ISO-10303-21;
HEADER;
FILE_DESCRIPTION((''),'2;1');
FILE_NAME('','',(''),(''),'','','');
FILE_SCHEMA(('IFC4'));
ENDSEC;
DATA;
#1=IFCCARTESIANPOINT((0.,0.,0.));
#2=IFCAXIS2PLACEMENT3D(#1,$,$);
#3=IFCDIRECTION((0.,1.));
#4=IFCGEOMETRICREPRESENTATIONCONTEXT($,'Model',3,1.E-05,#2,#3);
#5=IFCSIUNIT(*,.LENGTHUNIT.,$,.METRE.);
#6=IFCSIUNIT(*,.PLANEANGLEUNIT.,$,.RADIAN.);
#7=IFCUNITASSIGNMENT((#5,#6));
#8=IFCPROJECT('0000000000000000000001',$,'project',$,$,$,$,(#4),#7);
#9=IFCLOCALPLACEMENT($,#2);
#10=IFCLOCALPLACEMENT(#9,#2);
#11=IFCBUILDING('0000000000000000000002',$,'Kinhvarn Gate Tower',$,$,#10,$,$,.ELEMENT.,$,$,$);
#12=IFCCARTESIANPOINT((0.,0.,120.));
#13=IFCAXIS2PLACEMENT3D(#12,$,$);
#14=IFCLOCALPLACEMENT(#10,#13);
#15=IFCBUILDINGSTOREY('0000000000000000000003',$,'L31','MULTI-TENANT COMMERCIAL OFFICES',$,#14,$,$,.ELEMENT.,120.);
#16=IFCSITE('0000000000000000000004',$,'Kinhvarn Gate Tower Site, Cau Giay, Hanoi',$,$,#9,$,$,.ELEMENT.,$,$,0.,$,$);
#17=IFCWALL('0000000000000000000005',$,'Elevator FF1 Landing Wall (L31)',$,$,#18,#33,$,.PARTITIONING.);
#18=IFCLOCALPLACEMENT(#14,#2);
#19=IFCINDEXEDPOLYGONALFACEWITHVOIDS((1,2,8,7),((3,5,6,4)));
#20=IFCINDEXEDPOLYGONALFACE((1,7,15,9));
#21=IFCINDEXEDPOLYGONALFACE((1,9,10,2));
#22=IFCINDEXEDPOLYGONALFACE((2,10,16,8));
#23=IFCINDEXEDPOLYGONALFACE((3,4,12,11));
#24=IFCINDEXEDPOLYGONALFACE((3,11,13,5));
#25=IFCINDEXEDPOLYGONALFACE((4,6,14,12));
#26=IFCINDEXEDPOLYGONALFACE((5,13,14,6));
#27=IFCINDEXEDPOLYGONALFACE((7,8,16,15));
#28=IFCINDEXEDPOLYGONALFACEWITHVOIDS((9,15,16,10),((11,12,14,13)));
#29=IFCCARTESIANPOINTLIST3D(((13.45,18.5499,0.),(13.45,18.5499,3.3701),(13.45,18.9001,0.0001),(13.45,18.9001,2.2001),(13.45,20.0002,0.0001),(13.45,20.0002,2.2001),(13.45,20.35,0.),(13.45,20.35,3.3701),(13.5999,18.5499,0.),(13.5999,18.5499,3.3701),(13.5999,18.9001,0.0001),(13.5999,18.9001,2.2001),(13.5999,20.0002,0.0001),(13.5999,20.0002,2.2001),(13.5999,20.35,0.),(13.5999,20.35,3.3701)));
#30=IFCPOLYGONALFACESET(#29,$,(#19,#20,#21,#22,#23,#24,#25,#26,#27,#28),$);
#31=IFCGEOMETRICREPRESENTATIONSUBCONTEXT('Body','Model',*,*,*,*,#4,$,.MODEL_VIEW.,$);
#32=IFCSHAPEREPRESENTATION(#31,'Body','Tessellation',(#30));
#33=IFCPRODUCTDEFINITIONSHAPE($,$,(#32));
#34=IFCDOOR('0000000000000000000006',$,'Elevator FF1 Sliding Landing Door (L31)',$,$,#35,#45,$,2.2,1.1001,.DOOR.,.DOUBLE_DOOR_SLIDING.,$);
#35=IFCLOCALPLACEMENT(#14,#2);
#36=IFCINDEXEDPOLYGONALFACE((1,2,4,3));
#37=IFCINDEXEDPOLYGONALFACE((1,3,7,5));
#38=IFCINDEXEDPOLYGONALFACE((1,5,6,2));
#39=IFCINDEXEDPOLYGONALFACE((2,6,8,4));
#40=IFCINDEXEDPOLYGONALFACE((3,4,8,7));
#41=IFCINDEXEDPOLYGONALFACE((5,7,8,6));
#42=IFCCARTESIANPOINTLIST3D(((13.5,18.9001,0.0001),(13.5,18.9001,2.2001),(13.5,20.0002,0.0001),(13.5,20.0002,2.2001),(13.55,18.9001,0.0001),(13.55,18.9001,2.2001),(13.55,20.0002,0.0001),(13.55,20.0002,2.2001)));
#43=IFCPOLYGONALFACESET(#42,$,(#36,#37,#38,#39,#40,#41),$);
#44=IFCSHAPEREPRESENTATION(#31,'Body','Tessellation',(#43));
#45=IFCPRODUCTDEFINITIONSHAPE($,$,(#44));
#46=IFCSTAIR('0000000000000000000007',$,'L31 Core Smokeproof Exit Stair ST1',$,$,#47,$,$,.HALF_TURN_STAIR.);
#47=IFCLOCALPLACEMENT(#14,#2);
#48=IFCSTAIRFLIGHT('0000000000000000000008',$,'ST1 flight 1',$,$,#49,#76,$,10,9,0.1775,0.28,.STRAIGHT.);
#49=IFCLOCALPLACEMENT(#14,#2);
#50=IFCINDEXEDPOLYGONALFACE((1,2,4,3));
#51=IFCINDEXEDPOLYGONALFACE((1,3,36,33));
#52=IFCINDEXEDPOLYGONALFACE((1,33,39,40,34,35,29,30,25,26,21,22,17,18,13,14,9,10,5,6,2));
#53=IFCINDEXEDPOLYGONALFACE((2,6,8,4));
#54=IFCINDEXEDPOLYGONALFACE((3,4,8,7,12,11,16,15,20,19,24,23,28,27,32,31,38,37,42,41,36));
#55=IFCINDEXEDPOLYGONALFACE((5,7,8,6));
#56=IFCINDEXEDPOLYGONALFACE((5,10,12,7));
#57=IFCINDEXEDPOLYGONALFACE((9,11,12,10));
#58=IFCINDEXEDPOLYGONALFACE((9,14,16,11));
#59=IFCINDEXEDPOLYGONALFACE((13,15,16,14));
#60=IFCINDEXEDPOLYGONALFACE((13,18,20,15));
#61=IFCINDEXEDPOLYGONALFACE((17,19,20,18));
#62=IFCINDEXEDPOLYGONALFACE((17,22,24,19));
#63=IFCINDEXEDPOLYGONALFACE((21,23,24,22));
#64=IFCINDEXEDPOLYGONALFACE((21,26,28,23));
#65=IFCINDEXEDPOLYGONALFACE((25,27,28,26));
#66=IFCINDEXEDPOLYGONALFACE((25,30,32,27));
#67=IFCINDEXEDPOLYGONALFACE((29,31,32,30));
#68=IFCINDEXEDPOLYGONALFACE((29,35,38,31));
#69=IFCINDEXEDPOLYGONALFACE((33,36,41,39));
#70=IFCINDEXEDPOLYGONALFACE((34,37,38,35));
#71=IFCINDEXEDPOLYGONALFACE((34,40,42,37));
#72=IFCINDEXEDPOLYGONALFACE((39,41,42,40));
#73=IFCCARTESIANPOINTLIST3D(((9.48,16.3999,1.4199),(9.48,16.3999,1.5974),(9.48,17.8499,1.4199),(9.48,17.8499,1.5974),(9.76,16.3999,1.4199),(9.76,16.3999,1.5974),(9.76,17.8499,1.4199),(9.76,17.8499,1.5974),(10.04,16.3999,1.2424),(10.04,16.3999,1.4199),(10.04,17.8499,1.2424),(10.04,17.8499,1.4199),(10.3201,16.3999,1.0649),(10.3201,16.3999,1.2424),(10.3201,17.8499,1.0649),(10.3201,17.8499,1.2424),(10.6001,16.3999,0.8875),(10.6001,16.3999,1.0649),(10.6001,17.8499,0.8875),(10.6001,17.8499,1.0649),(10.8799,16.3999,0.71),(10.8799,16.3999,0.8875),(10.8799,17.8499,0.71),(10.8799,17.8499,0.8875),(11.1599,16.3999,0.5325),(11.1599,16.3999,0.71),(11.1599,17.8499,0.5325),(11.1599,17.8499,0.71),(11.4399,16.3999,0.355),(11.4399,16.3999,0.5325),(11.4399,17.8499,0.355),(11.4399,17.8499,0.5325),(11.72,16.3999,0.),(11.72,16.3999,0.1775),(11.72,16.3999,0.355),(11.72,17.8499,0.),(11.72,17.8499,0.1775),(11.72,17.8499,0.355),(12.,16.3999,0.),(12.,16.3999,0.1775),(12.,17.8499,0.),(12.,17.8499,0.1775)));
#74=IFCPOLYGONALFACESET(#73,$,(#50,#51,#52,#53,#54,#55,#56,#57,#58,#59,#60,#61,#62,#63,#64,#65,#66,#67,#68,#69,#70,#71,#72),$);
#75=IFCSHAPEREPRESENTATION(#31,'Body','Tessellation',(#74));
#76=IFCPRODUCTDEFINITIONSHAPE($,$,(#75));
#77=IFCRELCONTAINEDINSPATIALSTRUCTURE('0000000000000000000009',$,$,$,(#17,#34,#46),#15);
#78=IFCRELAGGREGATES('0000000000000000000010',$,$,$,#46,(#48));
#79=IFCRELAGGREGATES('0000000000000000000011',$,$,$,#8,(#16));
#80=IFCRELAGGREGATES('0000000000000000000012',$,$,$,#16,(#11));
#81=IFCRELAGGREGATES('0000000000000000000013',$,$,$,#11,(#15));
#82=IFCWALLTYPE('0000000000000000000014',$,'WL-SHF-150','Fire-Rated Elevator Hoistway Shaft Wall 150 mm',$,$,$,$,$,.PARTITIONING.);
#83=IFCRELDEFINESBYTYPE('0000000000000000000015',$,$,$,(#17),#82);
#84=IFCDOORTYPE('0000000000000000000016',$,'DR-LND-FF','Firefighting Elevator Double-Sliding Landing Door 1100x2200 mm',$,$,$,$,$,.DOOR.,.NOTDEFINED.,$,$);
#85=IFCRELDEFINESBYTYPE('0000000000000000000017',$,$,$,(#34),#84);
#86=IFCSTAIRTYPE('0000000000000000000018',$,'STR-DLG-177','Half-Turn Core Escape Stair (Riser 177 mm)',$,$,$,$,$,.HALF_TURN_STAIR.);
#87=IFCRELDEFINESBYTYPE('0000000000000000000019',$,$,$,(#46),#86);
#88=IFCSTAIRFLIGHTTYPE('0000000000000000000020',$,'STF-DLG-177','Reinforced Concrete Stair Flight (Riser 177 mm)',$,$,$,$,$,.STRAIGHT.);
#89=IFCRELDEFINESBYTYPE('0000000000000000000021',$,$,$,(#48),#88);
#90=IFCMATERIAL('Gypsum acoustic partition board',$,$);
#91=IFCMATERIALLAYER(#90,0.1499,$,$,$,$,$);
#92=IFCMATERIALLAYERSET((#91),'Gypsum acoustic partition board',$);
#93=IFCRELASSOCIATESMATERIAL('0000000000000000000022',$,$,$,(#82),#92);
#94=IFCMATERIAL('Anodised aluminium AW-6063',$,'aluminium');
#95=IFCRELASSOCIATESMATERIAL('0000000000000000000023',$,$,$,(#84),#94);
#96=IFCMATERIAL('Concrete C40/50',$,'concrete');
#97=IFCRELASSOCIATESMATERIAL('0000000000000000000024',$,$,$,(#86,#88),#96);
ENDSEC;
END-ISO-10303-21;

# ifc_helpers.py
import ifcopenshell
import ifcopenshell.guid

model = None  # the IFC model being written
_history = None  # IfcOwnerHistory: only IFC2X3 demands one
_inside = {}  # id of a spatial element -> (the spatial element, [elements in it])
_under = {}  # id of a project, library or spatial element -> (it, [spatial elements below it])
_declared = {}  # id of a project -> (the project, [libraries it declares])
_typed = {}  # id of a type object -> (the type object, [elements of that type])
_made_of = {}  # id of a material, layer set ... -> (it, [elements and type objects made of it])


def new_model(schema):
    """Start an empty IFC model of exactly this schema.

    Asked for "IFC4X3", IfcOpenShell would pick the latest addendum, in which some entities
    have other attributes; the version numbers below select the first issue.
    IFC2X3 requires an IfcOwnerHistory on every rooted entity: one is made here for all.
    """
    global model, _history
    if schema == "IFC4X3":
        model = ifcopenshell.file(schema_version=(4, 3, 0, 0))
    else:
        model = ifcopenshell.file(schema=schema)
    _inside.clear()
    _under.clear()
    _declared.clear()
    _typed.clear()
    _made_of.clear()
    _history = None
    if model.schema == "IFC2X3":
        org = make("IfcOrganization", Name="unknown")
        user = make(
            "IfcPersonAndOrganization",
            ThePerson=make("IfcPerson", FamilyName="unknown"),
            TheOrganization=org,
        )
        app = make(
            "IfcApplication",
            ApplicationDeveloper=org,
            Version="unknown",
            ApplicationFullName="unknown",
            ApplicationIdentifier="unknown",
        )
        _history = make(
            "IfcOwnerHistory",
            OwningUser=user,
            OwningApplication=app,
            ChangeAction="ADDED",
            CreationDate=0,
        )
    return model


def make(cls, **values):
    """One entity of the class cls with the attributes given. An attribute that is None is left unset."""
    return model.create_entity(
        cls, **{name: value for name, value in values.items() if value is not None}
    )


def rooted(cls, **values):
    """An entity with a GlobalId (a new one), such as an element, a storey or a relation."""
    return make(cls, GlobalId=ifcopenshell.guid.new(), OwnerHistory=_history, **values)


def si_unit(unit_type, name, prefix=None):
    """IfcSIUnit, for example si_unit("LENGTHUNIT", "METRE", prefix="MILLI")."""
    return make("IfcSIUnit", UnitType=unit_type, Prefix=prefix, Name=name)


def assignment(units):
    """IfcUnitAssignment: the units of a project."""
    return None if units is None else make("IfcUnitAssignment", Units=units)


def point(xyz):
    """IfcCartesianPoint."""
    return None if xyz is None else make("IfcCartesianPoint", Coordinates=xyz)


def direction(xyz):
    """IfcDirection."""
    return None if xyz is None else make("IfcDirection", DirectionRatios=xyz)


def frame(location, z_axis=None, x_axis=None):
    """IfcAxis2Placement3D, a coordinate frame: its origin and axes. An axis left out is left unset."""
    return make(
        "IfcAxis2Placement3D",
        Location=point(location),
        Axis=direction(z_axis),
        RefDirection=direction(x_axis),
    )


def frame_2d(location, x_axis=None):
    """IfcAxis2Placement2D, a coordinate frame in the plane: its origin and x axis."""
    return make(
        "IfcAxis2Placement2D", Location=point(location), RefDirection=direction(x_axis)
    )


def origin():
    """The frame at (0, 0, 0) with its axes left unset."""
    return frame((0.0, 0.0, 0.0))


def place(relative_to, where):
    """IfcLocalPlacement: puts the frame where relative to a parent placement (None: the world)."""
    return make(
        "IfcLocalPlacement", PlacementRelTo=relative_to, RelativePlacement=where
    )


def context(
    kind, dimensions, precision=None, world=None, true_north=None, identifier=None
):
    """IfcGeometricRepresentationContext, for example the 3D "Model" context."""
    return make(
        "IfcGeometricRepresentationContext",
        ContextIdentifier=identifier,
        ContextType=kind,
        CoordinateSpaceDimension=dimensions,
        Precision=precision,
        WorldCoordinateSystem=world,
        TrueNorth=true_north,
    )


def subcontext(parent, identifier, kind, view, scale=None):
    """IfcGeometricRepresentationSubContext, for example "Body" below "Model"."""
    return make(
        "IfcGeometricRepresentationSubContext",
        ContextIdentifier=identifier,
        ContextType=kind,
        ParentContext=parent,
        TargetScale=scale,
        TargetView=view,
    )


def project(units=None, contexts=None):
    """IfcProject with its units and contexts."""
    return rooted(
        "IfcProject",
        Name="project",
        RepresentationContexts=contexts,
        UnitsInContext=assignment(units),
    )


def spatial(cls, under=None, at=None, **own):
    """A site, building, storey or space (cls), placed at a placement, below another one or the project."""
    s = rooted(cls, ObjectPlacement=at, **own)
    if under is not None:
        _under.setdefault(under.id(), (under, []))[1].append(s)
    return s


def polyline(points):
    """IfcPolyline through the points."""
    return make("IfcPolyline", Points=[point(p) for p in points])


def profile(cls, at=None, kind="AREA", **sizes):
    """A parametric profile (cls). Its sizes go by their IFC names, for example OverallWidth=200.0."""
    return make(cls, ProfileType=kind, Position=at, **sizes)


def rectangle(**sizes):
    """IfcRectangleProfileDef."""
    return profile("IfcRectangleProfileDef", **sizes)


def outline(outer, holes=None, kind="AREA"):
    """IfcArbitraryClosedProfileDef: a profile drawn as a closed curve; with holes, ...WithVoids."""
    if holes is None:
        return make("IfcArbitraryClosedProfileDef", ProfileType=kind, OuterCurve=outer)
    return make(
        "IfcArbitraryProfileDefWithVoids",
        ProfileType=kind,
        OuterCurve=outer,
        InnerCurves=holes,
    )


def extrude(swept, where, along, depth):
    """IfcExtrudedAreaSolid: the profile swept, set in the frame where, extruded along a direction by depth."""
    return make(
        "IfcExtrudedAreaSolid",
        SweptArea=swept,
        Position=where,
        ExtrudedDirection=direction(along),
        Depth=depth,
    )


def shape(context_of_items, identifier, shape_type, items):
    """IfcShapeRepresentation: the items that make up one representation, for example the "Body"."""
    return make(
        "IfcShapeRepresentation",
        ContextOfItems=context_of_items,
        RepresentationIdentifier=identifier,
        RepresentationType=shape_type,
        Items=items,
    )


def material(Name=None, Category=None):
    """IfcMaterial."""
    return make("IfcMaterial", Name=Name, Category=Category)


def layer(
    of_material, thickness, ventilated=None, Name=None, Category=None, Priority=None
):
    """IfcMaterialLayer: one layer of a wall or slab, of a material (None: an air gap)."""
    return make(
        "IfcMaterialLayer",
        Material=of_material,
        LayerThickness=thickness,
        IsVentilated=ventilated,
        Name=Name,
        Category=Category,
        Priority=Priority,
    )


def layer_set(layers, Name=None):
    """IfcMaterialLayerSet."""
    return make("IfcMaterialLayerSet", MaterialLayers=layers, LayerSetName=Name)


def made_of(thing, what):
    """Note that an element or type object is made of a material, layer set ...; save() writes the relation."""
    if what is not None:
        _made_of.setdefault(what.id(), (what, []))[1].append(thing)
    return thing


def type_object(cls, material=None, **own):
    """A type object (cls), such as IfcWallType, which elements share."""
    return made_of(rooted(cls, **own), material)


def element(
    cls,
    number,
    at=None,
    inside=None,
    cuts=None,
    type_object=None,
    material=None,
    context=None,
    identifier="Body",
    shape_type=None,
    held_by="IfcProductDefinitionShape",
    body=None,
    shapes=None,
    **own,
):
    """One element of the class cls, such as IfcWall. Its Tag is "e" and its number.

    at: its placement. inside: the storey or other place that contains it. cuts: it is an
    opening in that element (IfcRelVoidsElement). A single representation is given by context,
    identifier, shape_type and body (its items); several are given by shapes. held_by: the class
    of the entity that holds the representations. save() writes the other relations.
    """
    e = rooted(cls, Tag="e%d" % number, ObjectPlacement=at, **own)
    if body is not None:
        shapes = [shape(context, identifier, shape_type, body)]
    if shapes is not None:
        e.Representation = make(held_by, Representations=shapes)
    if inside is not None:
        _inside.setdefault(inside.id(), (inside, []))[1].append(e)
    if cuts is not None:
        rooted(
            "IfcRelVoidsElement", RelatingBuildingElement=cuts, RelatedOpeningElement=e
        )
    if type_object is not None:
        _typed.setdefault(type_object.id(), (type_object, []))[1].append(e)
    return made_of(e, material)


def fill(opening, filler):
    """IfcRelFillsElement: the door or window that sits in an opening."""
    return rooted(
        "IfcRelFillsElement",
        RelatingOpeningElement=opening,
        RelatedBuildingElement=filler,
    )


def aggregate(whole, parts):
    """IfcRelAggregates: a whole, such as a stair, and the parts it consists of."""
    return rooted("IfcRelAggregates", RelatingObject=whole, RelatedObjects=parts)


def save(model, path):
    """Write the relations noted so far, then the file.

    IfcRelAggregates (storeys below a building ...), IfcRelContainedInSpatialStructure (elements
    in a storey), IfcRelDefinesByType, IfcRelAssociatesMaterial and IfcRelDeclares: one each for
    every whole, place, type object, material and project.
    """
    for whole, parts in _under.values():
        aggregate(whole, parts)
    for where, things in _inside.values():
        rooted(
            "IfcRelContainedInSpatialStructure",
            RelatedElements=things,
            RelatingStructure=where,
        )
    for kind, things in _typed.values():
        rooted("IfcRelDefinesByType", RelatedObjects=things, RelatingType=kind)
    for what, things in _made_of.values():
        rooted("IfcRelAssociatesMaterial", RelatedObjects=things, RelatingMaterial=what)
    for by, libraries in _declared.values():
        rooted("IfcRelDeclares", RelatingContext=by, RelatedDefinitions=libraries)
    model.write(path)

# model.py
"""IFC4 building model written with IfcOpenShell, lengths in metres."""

from ifc_helpers import new_model, si_unit, direction, frame, frame_2d, origin, place, context, subcontext, project, spatial, polyline, rectangle, outline, extrude, material, layer, layer_set, type_object, element, fill, aggregate, save


model = new_model("IFC4")

# Units and contexts
model_context = context("Model", 3, precision=1e-05, world=origin(), true_north=direction((0.0, 1.0)))
body_context = subcontext(model_context, "Body", "Model", "MODEL_VIEW")
ifc_project = project(units=[si_unit("LENGTHUNIT", "METRE"), si_unit("PLANEANGLEUNIT", "RADIAN")], contexts=[model_context])

# Site, building, storey
site_placement = place(None, origin())
site = spatial("IfcSite", under=ifc_project, at=site_placement, Name="Kinhvarn Gate Tower Site, Cau Giay, Hanoi", CompositionType="ELEMENT", RefElevation=0.0)
building_placement = place(site_placement, origin())
building = spatial("IfcBuilding", under=site, at=building_placement, Name="Kinhvarn Gate Tower", CompositionType="ELEMENT")
storey_placement = place(building_placement, frame((0.0, 0.0, 120.0)))
storey = spatial("IfcBuildingStorey", under=building, at=storey_placement, Name="L31", Description="MULTI-TENANT COMMERCIAL OFFICES", CompositionType="ELEMENT", Elevation=120.0)

# Shared definitions
ifc_material_1 = material(Name="Anodised aluminium AW-6063", Category="aluminium")

# Shared definitions
ifc_material_2 = material(Name="Gypsum acoustic partition board")

# Shared definitions
ifc_layer_1 = layer(ifc_material_2, 0.1499)
ifc_layer_set_1 = layer_set([ifc_layer_1], Name="Gypsum acoustic partition board")
wall_type_1 = type_object("IfcWallType", Name="WL-SHF-150", Description="Fire-Rated Elevator Hoistway Shaft Wall 150 mm", PredefinedType="PARTITIONING", material=ifc_layer_set_1)

# Wall, opening, door
wall_1_placement = place(storey_placement, frame((13.5249, 18.55, 0.0), z_axis=(0.0, 0.0, 1.0), x_axis=(0.0, 1.0, 0.0)))
wall_1 = element("IfcWall", 1, at=wall_1_placement, inside=storey, type_object=wall_type_1, Name="Elevator FF1 Landing Wall (L31)", PredefinedType="PARTITIONING", context=body_context, shape_type="SweptSolid", body=[
    extrude(rectangle(XDim=1.8, YDim=0.1499, at=frame_2d((0.8999, 0.0))), origin(), (0.0, 0.0, 1.0), 3.3701),
])
opening_1_placement = place(wall_1_placement, frame((0.3501, 0.0, 0.0)))
opening_1 = element("IfcOpeningElement", 2, at=opening_1_placement, cuts=wall_1, PredefinedType="OPENING", context=body_context, shape_type="SweptSolid", body=[
    extrude(rectangle(XDim=1.1001, YDim=2.2, at=frame_2d((0.55, 1.1001))), frame((0.0, 0.085, 0.0), z_axis=(0.0, -1.0, 0.0), x_axis=(1.0, 0.0, 0.0)), (0.0, 0.0, 1.0), 0.1699),
])
door_type_1 = type_object("IfcDoorType", Name="DR-LND-FF", Description="Firefighting Elevator Double-Sliding Landing Door 1100x2200 mm", OperationType="NOTDEFINED", PredefinedType="DOOR", material=ifc_material_1)
door_1_placement = place(opening_1_placement, origin())
door_1 = element("IfcDoor", 3, at=door_1_placement, inside=storey, type_object=door_type_1, Name="Elevator FF1 Sliding Landing Door (L31)", OperationType="DOUBLE_DOOR_SLIDING", OverallHeight=2.2, OverallWidth=1.1001, PredefinedType="DOOR", context=body_context, shape_type="SweptSolid", body=[
    extrude(rectangle(XDim=1.1001, YDim=2.2, at=frame_2d((0.55, 1.1001))), frame((0.0, 0.0249, 0.0), z_axis=(0.0, -1.0, 0.0), x_axis=(1.0, 0.0, 0.0)), (0.0, 0.0, 1.0), 0.05),
])
fill(opening_1, door_1)
ifc_material_3 = material(Name="Concrete C40/50", Category="concrete")

# Stair, stair flight
stair_type = type_object("IfcStairType", Name="STR-DLG-177", Description="Half-Turn Core Escape Stair (Riser 177 mm)", PredefinedType="HALF_TURN_STAIR", material=ifc_material_3)
stair_placement = place(storey_placement, origin())
stair = element("IfcStair", 4, at=stair_placement, inside=storey, type_object=stair_type, Name="L31 Core Smokeproof Exit Stair ST1", PredefinedType="HALF_TURN_STAIR")
stair_flight_type = type_object("IfcStairFlightType", Name="STF-DLG-177", Description="Reinforced Concrete Stair Flight (Riser 177 mm)", PredefinedType="STRAIGHT", material=ifc_material_3)
stair_flight_placement = place(storey_placement, frame((12.0, 17.125, 0.0), z_axis=(0.0, 0.0, 1.0), x_axis=(-1.0, 0.0, 0.0)))
stair_flight = element("IfcStairFlight", 5, at=stair_flight_placement, type_object=stair_flight_type, Name="ST1 flight 1", NumberOfRisers=10, NumberOfTreads=9, PredefinedType="STRAIGHT", RiserHeight=0.1775, TreadLength=0.28, context=body_context, shape_type="SweptSolid", body=[
    extrude(outline(polyline([(0.0, 0.0), (0.0, 0.1775), (0.28, 0.1775), (0.28, 0.355), (0.5601, 0.355), (0.5601, 0.5325), (0.8401, 0.5325), (0.8401, 0.71), (1.1201, 0.71), (1.1201, 0.8875), (1.3999, 0.8875), (1.3999, 1.0649), (1.6799, 1.0649), (1.6799, 1.2424), (1.96, 1.2424), (1.96, 1.4199), (2.24, 1.4199), (2.24, 1.5974), (2.52, 1.5974), (2.52, 1.7749), (2.52, 1.4199), (0.28, 0.0), (0.0, 0.0)])), frame((0.0, 0.7251, 0.0), z_axis=(0.0, -1.0, 0.0), x_axis=(1.0, 0.0, 0.0)), (0.0, 0.0, 1.0), 1.45),
])
aggregate(stair, [stair_flight])

save(model, "model.ifc")
